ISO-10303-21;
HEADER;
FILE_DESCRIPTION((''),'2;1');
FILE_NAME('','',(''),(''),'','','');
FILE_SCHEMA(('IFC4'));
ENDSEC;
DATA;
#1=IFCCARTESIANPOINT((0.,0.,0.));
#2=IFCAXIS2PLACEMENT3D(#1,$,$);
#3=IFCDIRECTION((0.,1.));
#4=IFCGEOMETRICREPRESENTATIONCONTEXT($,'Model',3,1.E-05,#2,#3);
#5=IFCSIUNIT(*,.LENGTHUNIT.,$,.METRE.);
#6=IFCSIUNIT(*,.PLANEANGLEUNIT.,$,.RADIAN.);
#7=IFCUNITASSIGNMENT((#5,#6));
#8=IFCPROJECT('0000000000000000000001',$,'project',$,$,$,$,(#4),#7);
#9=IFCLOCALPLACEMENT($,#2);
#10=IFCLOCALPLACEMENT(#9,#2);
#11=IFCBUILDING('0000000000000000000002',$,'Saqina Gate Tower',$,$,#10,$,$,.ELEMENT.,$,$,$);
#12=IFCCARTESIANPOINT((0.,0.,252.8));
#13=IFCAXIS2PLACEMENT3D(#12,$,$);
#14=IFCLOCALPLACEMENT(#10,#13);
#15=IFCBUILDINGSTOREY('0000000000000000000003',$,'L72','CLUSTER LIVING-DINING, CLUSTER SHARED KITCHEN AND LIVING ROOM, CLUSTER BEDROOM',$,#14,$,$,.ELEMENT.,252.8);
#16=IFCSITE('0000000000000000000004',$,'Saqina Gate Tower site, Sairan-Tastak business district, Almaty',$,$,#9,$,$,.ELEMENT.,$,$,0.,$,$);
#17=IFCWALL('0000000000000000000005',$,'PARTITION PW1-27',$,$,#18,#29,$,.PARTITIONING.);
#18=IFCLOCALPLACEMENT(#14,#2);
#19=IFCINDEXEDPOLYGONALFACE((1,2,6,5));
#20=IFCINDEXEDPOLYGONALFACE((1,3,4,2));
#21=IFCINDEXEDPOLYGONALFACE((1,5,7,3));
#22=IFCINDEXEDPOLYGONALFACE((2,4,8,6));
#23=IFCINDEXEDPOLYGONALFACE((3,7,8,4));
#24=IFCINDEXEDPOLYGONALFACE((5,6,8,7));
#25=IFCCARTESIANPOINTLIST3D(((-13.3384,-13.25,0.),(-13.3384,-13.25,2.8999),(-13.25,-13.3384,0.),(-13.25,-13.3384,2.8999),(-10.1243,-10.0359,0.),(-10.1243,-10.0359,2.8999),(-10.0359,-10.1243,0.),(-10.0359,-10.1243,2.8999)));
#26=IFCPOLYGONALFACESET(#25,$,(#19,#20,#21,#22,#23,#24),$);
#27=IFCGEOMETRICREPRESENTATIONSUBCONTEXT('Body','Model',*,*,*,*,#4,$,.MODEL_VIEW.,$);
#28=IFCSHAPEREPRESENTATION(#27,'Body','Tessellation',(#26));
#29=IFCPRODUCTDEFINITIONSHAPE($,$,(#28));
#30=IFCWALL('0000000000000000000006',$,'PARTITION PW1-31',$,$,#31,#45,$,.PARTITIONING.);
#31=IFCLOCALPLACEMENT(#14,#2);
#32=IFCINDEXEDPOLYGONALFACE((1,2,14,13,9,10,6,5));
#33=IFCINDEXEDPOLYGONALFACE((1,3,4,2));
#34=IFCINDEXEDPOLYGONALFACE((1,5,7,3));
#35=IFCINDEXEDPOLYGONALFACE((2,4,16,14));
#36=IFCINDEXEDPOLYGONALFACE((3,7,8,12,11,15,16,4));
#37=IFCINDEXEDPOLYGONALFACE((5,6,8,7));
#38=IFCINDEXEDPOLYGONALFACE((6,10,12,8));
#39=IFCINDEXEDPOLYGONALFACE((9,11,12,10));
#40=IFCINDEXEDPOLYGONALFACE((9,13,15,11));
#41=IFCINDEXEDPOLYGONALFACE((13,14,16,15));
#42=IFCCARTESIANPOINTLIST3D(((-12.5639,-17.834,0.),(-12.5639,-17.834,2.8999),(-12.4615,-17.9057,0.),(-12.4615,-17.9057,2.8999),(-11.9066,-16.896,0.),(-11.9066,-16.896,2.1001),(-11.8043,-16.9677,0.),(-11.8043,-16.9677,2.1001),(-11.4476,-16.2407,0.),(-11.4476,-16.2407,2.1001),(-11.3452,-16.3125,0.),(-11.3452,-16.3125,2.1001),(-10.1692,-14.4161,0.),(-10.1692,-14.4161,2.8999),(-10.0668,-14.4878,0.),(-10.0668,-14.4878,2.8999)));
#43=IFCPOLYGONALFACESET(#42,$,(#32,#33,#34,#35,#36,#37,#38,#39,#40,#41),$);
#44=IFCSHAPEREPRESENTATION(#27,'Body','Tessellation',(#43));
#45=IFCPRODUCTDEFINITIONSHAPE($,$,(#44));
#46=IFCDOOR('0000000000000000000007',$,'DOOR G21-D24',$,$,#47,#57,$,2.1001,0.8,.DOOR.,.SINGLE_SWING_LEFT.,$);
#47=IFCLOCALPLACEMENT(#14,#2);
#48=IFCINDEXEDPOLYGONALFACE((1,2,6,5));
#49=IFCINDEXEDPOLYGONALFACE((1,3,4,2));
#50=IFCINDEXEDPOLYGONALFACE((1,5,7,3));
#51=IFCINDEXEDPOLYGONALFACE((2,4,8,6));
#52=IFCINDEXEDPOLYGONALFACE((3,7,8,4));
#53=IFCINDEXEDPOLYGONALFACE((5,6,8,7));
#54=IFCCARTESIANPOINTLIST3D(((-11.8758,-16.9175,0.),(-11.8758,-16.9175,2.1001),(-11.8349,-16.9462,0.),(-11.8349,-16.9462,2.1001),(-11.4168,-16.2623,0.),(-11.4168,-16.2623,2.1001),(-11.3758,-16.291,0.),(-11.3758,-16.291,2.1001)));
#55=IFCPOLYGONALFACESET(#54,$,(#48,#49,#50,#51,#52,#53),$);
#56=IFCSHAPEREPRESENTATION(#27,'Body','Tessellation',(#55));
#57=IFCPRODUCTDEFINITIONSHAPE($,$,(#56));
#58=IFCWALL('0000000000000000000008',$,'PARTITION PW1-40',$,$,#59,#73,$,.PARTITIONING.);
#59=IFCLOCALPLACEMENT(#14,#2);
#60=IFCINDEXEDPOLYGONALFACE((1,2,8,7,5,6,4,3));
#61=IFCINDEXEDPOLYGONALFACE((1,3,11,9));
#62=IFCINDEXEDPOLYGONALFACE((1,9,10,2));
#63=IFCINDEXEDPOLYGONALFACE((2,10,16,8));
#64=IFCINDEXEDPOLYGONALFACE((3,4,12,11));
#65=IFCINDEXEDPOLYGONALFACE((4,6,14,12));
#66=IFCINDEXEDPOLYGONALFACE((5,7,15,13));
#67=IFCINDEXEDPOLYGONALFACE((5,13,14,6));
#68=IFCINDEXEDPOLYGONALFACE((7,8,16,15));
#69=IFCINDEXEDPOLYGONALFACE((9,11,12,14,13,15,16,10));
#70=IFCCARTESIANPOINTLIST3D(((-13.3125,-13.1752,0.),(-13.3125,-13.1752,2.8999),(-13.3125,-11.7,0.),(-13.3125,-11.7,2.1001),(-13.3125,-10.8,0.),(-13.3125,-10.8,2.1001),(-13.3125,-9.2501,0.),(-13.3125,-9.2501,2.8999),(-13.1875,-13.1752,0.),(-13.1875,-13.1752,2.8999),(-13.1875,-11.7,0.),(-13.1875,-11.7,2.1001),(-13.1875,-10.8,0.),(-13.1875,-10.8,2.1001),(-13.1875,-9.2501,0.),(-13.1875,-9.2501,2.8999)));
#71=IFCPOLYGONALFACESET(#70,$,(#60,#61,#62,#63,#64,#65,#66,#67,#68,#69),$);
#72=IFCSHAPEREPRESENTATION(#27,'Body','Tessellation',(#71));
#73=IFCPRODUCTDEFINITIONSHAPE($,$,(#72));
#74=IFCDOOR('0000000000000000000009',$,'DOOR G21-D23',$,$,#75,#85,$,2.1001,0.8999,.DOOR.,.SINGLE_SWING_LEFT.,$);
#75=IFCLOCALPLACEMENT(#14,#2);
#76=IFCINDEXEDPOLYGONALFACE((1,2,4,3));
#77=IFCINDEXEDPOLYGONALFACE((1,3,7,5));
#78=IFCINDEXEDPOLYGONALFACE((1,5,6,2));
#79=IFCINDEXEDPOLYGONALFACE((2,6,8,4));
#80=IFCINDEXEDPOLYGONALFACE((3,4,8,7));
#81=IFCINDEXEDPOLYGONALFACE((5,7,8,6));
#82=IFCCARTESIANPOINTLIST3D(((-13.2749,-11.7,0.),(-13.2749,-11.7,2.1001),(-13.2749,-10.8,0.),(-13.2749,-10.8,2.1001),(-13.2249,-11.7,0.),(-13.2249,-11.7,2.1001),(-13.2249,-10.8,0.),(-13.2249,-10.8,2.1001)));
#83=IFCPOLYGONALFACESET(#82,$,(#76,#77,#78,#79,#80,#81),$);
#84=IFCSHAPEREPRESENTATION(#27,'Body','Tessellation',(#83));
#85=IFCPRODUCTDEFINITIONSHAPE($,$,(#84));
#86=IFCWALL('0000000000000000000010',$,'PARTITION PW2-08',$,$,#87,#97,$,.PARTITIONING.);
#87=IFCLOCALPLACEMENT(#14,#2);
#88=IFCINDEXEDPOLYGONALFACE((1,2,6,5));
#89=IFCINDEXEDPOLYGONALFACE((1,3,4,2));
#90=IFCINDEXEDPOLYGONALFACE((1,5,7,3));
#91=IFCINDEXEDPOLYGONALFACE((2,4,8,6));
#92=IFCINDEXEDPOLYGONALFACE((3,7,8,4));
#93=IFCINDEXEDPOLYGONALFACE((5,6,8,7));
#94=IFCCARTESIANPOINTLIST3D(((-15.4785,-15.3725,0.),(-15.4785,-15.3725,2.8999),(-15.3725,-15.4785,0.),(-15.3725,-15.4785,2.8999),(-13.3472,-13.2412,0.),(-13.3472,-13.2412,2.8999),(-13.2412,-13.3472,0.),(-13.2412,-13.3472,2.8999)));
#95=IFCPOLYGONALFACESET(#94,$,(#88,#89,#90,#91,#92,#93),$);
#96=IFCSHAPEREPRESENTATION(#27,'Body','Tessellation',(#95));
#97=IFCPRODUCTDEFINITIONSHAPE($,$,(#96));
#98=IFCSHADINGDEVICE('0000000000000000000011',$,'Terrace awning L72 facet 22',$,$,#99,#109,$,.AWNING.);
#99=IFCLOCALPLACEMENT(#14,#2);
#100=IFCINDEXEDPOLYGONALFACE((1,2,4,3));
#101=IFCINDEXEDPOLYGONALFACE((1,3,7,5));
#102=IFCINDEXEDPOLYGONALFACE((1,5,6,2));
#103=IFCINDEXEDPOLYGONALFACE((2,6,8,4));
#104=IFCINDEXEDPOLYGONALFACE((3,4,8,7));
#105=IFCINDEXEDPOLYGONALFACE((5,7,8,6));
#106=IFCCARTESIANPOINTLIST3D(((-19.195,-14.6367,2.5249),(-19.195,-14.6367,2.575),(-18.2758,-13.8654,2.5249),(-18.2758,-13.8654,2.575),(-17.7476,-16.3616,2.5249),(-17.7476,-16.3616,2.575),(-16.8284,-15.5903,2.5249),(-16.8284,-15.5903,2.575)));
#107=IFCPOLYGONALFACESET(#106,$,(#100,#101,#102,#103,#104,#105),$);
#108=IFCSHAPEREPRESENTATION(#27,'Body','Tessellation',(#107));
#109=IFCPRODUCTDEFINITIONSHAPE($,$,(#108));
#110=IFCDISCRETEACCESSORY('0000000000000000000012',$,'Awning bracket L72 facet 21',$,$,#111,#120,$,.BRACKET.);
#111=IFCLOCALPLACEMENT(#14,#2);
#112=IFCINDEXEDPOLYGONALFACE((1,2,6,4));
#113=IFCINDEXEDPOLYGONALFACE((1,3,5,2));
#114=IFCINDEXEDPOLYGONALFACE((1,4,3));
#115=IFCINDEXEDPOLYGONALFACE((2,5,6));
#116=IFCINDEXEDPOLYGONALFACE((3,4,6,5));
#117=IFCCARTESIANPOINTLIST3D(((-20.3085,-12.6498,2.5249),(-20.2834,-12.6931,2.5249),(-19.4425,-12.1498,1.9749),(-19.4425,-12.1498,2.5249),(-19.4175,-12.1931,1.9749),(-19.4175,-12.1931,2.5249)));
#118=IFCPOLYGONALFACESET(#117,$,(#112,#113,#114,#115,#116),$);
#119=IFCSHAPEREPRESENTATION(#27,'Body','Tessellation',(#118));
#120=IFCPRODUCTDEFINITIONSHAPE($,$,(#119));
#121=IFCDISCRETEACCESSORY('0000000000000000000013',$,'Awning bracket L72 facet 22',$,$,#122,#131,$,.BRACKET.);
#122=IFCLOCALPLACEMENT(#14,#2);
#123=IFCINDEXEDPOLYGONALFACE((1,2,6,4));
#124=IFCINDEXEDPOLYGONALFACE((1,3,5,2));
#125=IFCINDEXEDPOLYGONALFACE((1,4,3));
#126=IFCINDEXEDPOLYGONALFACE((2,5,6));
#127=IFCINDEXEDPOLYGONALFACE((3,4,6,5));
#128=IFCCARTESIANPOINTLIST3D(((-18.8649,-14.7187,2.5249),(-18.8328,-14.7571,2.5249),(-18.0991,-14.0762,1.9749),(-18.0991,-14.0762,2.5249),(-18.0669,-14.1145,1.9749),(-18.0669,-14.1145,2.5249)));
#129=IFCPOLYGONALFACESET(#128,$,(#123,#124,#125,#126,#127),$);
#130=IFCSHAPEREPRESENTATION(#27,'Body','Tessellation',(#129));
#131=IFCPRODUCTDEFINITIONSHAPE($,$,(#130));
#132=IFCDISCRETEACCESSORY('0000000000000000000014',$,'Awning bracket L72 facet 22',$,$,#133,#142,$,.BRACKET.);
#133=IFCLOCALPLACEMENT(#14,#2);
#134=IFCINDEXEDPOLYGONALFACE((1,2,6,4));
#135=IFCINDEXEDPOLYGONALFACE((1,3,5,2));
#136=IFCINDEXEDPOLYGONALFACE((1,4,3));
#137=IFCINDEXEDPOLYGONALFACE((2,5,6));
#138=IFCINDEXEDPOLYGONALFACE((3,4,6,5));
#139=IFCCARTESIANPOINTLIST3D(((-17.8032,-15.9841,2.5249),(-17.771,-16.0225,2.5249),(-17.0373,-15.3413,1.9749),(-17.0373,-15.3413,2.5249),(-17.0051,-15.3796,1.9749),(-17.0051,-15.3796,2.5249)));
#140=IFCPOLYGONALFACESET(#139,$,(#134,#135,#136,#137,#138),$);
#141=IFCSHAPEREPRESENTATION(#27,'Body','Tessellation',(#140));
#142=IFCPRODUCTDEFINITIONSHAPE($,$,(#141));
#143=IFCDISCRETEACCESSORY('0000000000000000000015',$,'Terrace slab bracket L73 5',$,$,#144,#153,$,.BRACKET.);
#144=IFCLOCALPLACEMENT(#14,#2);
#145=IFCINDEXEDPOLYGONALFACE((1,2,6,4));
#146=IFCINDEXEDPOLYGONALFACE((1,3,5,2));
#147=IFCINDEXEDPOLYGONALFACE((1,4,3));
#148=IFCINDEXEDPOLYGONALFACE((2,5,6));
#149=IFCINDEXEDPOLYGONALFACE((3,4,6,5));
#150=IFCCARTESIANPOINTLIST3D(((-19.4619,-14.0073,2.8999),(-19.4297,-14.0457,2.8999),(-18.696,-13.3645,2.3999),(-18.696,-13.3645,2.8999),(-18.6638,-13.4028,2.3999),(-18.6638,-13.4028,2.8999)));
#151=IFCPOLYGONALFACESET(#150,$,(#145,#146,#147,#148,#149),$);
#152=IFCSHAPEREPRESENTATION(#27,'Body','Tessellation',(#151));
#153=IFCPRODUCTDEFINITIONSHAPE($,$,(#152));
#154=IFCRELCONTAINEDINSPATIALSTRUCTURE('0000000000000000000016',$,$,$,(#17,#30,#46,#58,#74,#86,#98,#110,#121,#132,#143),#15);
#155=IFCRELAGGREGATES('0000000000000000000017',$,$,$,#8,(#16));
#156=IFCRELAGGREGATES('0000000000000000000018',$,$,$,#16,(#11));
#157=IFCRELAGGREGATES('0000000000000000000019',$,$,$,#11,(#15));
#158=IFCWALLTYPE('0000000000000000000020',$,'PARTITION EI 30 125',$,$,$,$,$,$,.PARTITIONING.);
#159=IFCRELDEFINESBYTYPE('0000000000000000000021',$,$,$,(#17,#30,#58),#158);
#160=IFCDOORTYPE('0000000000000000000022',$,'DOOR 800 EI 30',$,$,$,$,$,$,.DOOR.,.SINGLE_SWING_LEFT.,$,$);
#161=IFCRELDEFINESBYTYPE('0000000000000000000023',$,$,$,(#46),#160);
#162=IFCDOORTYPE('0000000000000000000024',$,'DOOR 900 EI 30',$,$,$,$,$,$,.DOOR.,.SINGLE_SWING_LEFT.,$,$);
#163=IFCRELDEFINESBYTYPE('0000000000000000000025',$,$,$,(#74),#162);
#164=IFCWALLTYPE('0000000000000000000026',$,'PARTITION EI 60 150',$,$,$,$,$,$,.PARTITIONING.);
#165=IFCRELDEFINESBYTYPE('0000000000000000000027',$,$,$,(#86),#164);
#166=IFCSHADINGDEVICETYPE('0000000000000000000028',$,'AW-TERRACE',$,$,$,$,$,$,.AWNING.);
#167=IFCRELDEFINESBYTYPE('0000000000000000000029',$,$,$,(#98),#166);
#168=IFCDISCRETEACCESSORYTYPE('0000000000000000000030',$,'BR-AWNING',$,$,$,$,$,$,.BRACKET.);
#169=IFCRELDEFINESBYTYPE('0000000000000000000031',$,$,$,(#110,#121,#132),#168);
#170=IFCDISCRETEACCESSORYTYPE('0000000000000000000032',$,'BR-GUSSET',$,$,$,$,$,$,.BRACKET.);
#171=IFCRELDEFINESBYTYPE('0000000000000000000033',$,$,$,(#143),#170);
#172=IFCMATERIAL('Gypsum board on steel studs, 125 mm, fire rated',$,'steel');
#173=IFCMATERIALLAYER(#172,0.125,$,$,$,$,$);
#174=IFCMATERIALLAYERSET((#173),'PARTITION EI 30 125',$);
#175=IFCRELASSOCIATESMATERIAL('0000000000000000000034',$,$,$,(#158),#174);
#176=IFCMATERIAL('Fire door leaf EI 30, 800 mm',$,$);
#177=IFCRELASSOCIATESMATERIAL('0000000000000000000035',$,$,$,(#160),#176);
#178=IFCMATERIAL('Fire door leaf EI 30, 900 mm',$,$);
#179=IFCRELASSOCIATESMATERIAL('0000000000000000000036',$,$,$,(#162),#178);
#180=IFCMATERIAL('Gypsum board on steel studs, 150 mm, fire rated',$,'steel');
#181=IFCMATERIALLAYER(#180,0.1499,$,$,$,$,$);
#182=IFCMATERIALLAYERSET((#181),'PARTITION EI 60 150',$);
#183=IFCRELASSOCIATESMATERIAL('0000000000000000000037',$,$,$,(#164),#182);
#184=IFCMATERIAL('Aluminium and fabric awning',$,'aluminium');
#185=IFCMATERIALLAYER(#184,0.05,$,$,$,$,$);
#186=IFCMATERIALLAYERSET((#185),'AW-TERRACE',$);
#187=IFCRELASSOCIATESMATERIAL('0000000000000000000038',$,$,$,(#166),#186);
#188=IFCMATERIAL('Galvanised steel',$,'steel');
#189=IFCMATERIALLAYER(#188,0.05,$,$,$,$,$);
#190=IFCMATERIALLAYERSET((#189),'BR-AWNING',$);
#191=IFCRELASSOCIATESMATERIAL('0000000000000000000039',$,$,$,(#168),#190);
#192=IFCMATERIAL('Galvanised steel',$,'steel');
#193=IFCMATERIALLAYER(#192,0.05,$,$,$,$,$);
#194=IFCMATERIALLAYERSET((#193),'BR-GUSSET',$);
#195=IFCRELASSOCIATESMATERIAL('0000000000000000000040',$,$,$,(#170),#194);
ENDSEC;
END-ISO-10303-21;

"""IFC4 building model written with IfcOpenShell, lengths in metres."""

from ifc_helpers import new_model, si_unit, direction, frame, frame_2d, origin, origin_2d, place, context, subcontext, project, spatial, polyline, rectangle, outline, extrude, material, layer, layer_set, type_object, element, fill, save


model = new_model("IFC4")

# Units and contexts
model_context = context("Model", 3, precision=1e-05, world=origin(), true_north=direction((0.0, 1.0)))
body_context = subcontext(model_context, "Body", "Model", "MODEL_VIEW")
ifc_project = project(units=[si_unit("LENGTHUNIT", "METRE"), si_unit("PLANEANGLEUNIT", "RADIAN")], contexts=[model_context])

# Site, building, storey
site_placement = place(None, origin())
site = spatial("IfcSite", under=ifc_project, at=site_placement, Name="Saqina Gate Tower site, Sairan-Tastak business district, Almaty", CompositionType="ELEMENT", RefElevation=0.0)
building_placement = place(site_placement, origin())
building = spatial("IfcBuilding", under=site, at=building_placement, Name="Saqina Gate Tower", CompositionType="ELEMENT")
storey_placement = place(building_placement, frame((0.0, 0.0, 252.8)))
storey = spatial("IfcBuildingStorey", under=building, at=storey_placement, Name="L72", Description="CLUSTER LIVING-DINING, CLUSTER SHARED KITCHEN AND LIVING ROOM, CLUSTER BEDROOM", CompositionType="ELEMENT", Elevation=252.8)

# Wall
ifc_material_1 = material(Name="Gypsum board on steel studs, 125 mm, fire rated", Category="steel")
ifc_layer_1 = layer(ifc_material_1, 0.125)
ifc_layer_set_1 = layer_set([ifc_layer_1], Name="PARTITION EI 30 125")
wall_type_1 = type_object("IfcWallType", Name="PARTITION EI 30 125", PredefinedType="PARTITIONING", material=ifc_layer_set_1)
wall_1_placement = place(storey_placement, frame((-13.2942, -13.2942, 0.0), z_axis=(0.0, 0.0, 1.0), x_axis=(0.707107, 0.707107, 0.0)))
element("IfcWall", 1, at=wall_1_placement, inside=storey, type_object=wall_type_1, Name="PARTITION PW1-27", PredefinedType="PARTITIONING", context=body_context, shape_type="SweptSolid", body=[
    extrude(rectangle(XDim=4.5454, YDim=0.125, at=frame_2d((2.2727, 0.0))), origin(), (0.0, 0.0, 1.0), 2.8999),
])

# Walls, openings, doors
wall_2_placement = place(storey_placement, frame((-12.5127, -17.8699, 0.0), z_axis=(0.0, 0.0, 1.0), x_axis=(0.573816, 0.818985, 0.0)))
wall_2 = element("IfcWall", 2, at=wall_2_placement, inside=storey, type_object=wall_type_1, Name="PARTITION PW1-31", PredefinedType="PARTITIONING", context=body_context, shape_type="SweptSolid", body=[
    extrude(rectangle(XDim=4.1733, YDim=0.125, at=frame_2d((2.0867, 0.0))), origin(), (0.0, 0.0, 1.0), 2.8999),
])
opening_1_placement = place(wall_2_placement, frame((1.1455, 0.0, 0.0)))
opening_1 = element("IfcOpeningElement", 3, at=opening_1_placement, cuts=wall_2, PredefinedType="OPENING", context=body_context, shape_type="SweptSolid", body=[
    extrude(rectangle(XDim=0.8, YDim=2.1001, at=frame_2d((0.3999, 1.05))), frame((0.0, 0.0745, 0.0), z_axis=(0.0, -1.0, 0.0), x_axis=(1.0, 0.0, 0.0)), (0.0, 0.0, 1.0), 0.1489),
])
ifc_material_2 = material(Name="Fire door leaf EI 30, 800 mm")
door_type_1 = type_object("IfcDoorType", Name="DOOR 800 EI 30", OperationType="SINGLE_SWING_LEFT", PredefinedType="DOOR", material=ifc_material_2)
door_1_placement = place(opening_1_placement, origin())
door_1 = element("IfcDoor", 4, at=door_1_placement, inside=storey, type_object=door_type_1, Name="DOOR G21-D24", OperationType="SINGLE_SWING_LEFT", OverallHeight=2.1001, OverallWidth=0.8, PredefinedType="DOOR", context=body_context, shape_type="SweptSolid", body=[
    extrude(rectangle(XDim=0.8, YDim=2.1001, at=frame_2d((0.3999, 1.05))), frame((0.0, 0.0249, 0.0), z_axis=(0.0, -1.0, 0.0), x_axis=(1.0, 0.0, 0.0)), (0.0, 0.0, 1.0), 0.05),
])
fill(opening_1, door_1)
wall_3_placement = place(storey_placement, frame((-13.25, -13.175, 0.0), z_axis=(0.0, 0.0, 1.0), x_axis=(0.0, 1.0, 0.0)))
wall_3 = element("IfcWall", 5, at=wall_3_placement, inside=storey, type_object=wall_type_1, Name="PARTITION PW1-40", PredefinedType="PARTITIONING", context=body_context, shape_type="SweptSolid", body=[
    extrude(rectangle(XDim=3.925, YDim=0.125, at=frame_2d((1.9624, 0.0))), origin(), (0.0, 0.0, 1.0), 2.8999),
])
opening_2_placement = place(wall_3_placement, frame((1.4751, 0.0, 0.0)))
opening_2 = element("IfcOpeningElement", 6, at=opening_2_placement, cuts=wall_3, PredefinedType="OPENING", context=body_context, shape_type="SweptSolid", body=[
    extrude(rectangle(XDim=0.8999, YDim=2.1001, at=frame_2d((0.45, 1.05))), frame((0.0, 0.0745, 0.0), z_axis=(0.0, -1.0, 0.0), x_axis=(1.0, 0.0, 0.0)), (0.0, 0.0, 1.0), 0.1489),
])
ifc_material_3 = material(Name="Fire door leaf EI 30, 900 mm")
door_type_2 = type_object("IfcDoorType", Name="DOOR 900 EI 30", OperationType="SINGLE_SWING_LEFT", PredefinedType="DOOR", material=ifc_material_3)
door_2_placement = place(opening_2_placement, origin())
door_2 = element("IfcDoor", 7, at=door_2_placement, inside=storey, type_object=door_type_2, Name="DOOR G21-D23", OperationType="SINGLE_SWING_LEFT", OverallHeight=2.1001, OverallWidth=0.8999, PredefinedType="DOOR", context=body_context, shape_type="SweptSolid", body=[
    extrude(rectangle(XDim=0.8999, YDim=2.1001, at=frame_2d((0.45, 1.05))), frame((0.0, 0.0249, 0.0), z_axis=(0.0, -1.0, 0.0), x_axis=(1.0, 0.0, 0.0)), (0.0, 0.0, 1.0), 0.05),
])
fill(opening_2, door_2)

# Wall
ifc_material_4 = material(Name="Gypsum board on steel studs, 150 mm, fire rated", Category="steel")
ifc_layer_2 = layer(ifc_material_4, 0.1499)
ifc_layer_set_2 = layer_set([ifc_layer_2], Name="PARTITION EI 60 150")
wall_type_2 = type_object("IfcWallType", Name="PARTITION EI 60 150", PredefinedType="PARTITIONING", material=ifc_layer_set_2)
wall_4_placement = place(storey_placement, frame((-15.4255, -15.4255, 0.0), z_axis=(0.0, 0.0, 1.0), x_axis=(0.707107, 0.707107, 0.0)))
element("IfcWall", 8, at=wall_4_placement, inside=storey, type_object=wall_type_2, Name="PARTITION PW2-08", PredefinedType="PARTITIONING", context=body_context, shape_type="SweptSolid", body=[
    extrude(rectangle(XDim=3.0142, YDim=0.1499, at=frame_2d((1.5071, 0.0))), origin(), (0.0, 0.0, 1.0), 2.8999),
])

# Shading device
ifc_material_5 = material(Name="Aluminium and fabric awning", Category="aluminium")
ifc_layer_3 = layer(ifc_material_5, 0.05)
ifc_layer_set_3 = layer_set([ifc_layer_3], Name="AW-TERRACE")
shading_device_type = type_object("IfcShadingDeviceType", Name="AW-TERRACE", PredefinedType="AWNING", material=ifc_layer_set_3)
shading_device_placement = place(storey_placement, frame((-18.0117, -15.1135, 2.5249), z_axis=(0.0, 0.0, 1.0), x_axis=(0.642788, -0.766044, 0.0)))
element("IfcShadingDevice", 9, at=shading_device_placement, inside=storey, type_object=shading_device_type, Name="Terrace awning L72 facet 22", PredefinedType="AWNING", context=body_context, shape_type="SweptSolid", body=[
    extrude(rectangle(XDim=2.2517, YDim=1.2, at=origin_2d()), origin(), (0.0, 0.0, 1.0), 0.05),
])

# Discrete accessories
ifc_material_6 = material(Name="Galvanised steel", Category="steel")
ifc_layer_4 = layer(ifc_material_6, 0.05)
ifc_layer_set_4 = layer_set([ifc_layer_4], Name="BR-AWNING")
discrete_accessory_type_1 = type_object("IfcDiscreteAccessoryType", Name="BR-AWNING", PredefinedType="BRACKET", material=ifc_layer_set_4)
discrete_accessory_1_placement = place(storey_placement, frame((-19.4175, -12.1931, 1.9749), z_axis=(0.500025, -0.866011, 0.0), x_axis=(0.0, 0.0, 1.0)))
element("IfcDiscreteAccessory", 10, at=discrete_accessory_1_placement, inside=storey, type_object=discrete_accessory_type_1, Name="Awning bracket L72 facet 21", PredefinedType="BRACKET", context=body_context, shape_type="SweptSolid", body=[
    extrude(outline(polyline([(0.0, 0.0), (0.55, 0.0), (0.55, 0.9999), (0.0, 0.0)])), origin(), (0.0, 0.0, -1.0), 0.05),
])
discrete_accessory_2_placement = place(storey_placement, frame((-18.0669, -14.1145, 1.9749), z_axis=(0.642751, -0.766075, 0.0), x_axis=(0.0, 0.0, 1.0)))
element("IfcDiscreteAccessory", 11, at=discrete_accessory_2_placement, inside=storey, type_object=discrete_accessory_type_1, Name="Awning bracket L72 facet 22", PredefinedType="BRACKET", context=body_context, shape_type="SweptSolid", body=[
    extrude(outline(polyline([(0.0, 0.0), (0.55, 0.0), (0.55, 0.9997), (0.0, 0.0)])), origin(), (0.0, 0.0, -1.0), 0.05),
])
discrete_accessory_3_placement = place(storey_placement, frame((-17.0051, -15.3796, 1.9749), z_axis=(0.642894, -0.765955, 0.0), x_axis=(0.0, 0.0, 1.0)))
element("IfcDiscreteAccessory", 12, at=discrete_accessory_3_placement, inside=storey, type_object=discrete_accessory_type_1, Name="Awning bracket L72 facet 22", PredefinedType="BRACKET", context=body_context, shape_type="SweptSolid", body=[
    extrude(outline(polyline([(0.0, 0.0), (0.55, 0.0), (0.55, 0.9999), (0.0, 0.0)])), origin(), (0.0, 0.0, -1.0), 0.05),
])
ifc_material_7 = material(Name="Galvanised steel", Category="steel")
ifc_layer_5 = layer(ifc_material_7, 0.05)
ifc_layer_set_5 = layer_set([ifc_layer_5], Name="BR-GUSSET")
discrete_accessory_type_2 = type_object("IfcDiscreteAccessoryType", Name="BR-GUSSET", PredefinedType="BRACKET", material=ifc_layer_set_5)
discrete_accessory_4_placement = place(storey_placement, frame((-18.6638, -13.4028, 2.3999), z_axis=(0.642894, -0.765955, 0.0), x_axis=(0.0, 0.0, 1.0)))
element("IfcDiscreteAccessory", 13, at=discrete_accessory_4_placement, inside=storey, type_object=discrete_accessory_type_2, Name="Terrace slab bracket L73 5", PredefinedType="BRACKET", context=body_context, shape_type="SweptSolid", body=[
    extrude(outline(polyline([(0.0, 0.0), (0.5, 0.0), (0.5, 0.9999), (0.0, 0.0)])), origin(), (0.0, 0.0, -1.0), 0.05),
])

save(model, "model.ifc")
